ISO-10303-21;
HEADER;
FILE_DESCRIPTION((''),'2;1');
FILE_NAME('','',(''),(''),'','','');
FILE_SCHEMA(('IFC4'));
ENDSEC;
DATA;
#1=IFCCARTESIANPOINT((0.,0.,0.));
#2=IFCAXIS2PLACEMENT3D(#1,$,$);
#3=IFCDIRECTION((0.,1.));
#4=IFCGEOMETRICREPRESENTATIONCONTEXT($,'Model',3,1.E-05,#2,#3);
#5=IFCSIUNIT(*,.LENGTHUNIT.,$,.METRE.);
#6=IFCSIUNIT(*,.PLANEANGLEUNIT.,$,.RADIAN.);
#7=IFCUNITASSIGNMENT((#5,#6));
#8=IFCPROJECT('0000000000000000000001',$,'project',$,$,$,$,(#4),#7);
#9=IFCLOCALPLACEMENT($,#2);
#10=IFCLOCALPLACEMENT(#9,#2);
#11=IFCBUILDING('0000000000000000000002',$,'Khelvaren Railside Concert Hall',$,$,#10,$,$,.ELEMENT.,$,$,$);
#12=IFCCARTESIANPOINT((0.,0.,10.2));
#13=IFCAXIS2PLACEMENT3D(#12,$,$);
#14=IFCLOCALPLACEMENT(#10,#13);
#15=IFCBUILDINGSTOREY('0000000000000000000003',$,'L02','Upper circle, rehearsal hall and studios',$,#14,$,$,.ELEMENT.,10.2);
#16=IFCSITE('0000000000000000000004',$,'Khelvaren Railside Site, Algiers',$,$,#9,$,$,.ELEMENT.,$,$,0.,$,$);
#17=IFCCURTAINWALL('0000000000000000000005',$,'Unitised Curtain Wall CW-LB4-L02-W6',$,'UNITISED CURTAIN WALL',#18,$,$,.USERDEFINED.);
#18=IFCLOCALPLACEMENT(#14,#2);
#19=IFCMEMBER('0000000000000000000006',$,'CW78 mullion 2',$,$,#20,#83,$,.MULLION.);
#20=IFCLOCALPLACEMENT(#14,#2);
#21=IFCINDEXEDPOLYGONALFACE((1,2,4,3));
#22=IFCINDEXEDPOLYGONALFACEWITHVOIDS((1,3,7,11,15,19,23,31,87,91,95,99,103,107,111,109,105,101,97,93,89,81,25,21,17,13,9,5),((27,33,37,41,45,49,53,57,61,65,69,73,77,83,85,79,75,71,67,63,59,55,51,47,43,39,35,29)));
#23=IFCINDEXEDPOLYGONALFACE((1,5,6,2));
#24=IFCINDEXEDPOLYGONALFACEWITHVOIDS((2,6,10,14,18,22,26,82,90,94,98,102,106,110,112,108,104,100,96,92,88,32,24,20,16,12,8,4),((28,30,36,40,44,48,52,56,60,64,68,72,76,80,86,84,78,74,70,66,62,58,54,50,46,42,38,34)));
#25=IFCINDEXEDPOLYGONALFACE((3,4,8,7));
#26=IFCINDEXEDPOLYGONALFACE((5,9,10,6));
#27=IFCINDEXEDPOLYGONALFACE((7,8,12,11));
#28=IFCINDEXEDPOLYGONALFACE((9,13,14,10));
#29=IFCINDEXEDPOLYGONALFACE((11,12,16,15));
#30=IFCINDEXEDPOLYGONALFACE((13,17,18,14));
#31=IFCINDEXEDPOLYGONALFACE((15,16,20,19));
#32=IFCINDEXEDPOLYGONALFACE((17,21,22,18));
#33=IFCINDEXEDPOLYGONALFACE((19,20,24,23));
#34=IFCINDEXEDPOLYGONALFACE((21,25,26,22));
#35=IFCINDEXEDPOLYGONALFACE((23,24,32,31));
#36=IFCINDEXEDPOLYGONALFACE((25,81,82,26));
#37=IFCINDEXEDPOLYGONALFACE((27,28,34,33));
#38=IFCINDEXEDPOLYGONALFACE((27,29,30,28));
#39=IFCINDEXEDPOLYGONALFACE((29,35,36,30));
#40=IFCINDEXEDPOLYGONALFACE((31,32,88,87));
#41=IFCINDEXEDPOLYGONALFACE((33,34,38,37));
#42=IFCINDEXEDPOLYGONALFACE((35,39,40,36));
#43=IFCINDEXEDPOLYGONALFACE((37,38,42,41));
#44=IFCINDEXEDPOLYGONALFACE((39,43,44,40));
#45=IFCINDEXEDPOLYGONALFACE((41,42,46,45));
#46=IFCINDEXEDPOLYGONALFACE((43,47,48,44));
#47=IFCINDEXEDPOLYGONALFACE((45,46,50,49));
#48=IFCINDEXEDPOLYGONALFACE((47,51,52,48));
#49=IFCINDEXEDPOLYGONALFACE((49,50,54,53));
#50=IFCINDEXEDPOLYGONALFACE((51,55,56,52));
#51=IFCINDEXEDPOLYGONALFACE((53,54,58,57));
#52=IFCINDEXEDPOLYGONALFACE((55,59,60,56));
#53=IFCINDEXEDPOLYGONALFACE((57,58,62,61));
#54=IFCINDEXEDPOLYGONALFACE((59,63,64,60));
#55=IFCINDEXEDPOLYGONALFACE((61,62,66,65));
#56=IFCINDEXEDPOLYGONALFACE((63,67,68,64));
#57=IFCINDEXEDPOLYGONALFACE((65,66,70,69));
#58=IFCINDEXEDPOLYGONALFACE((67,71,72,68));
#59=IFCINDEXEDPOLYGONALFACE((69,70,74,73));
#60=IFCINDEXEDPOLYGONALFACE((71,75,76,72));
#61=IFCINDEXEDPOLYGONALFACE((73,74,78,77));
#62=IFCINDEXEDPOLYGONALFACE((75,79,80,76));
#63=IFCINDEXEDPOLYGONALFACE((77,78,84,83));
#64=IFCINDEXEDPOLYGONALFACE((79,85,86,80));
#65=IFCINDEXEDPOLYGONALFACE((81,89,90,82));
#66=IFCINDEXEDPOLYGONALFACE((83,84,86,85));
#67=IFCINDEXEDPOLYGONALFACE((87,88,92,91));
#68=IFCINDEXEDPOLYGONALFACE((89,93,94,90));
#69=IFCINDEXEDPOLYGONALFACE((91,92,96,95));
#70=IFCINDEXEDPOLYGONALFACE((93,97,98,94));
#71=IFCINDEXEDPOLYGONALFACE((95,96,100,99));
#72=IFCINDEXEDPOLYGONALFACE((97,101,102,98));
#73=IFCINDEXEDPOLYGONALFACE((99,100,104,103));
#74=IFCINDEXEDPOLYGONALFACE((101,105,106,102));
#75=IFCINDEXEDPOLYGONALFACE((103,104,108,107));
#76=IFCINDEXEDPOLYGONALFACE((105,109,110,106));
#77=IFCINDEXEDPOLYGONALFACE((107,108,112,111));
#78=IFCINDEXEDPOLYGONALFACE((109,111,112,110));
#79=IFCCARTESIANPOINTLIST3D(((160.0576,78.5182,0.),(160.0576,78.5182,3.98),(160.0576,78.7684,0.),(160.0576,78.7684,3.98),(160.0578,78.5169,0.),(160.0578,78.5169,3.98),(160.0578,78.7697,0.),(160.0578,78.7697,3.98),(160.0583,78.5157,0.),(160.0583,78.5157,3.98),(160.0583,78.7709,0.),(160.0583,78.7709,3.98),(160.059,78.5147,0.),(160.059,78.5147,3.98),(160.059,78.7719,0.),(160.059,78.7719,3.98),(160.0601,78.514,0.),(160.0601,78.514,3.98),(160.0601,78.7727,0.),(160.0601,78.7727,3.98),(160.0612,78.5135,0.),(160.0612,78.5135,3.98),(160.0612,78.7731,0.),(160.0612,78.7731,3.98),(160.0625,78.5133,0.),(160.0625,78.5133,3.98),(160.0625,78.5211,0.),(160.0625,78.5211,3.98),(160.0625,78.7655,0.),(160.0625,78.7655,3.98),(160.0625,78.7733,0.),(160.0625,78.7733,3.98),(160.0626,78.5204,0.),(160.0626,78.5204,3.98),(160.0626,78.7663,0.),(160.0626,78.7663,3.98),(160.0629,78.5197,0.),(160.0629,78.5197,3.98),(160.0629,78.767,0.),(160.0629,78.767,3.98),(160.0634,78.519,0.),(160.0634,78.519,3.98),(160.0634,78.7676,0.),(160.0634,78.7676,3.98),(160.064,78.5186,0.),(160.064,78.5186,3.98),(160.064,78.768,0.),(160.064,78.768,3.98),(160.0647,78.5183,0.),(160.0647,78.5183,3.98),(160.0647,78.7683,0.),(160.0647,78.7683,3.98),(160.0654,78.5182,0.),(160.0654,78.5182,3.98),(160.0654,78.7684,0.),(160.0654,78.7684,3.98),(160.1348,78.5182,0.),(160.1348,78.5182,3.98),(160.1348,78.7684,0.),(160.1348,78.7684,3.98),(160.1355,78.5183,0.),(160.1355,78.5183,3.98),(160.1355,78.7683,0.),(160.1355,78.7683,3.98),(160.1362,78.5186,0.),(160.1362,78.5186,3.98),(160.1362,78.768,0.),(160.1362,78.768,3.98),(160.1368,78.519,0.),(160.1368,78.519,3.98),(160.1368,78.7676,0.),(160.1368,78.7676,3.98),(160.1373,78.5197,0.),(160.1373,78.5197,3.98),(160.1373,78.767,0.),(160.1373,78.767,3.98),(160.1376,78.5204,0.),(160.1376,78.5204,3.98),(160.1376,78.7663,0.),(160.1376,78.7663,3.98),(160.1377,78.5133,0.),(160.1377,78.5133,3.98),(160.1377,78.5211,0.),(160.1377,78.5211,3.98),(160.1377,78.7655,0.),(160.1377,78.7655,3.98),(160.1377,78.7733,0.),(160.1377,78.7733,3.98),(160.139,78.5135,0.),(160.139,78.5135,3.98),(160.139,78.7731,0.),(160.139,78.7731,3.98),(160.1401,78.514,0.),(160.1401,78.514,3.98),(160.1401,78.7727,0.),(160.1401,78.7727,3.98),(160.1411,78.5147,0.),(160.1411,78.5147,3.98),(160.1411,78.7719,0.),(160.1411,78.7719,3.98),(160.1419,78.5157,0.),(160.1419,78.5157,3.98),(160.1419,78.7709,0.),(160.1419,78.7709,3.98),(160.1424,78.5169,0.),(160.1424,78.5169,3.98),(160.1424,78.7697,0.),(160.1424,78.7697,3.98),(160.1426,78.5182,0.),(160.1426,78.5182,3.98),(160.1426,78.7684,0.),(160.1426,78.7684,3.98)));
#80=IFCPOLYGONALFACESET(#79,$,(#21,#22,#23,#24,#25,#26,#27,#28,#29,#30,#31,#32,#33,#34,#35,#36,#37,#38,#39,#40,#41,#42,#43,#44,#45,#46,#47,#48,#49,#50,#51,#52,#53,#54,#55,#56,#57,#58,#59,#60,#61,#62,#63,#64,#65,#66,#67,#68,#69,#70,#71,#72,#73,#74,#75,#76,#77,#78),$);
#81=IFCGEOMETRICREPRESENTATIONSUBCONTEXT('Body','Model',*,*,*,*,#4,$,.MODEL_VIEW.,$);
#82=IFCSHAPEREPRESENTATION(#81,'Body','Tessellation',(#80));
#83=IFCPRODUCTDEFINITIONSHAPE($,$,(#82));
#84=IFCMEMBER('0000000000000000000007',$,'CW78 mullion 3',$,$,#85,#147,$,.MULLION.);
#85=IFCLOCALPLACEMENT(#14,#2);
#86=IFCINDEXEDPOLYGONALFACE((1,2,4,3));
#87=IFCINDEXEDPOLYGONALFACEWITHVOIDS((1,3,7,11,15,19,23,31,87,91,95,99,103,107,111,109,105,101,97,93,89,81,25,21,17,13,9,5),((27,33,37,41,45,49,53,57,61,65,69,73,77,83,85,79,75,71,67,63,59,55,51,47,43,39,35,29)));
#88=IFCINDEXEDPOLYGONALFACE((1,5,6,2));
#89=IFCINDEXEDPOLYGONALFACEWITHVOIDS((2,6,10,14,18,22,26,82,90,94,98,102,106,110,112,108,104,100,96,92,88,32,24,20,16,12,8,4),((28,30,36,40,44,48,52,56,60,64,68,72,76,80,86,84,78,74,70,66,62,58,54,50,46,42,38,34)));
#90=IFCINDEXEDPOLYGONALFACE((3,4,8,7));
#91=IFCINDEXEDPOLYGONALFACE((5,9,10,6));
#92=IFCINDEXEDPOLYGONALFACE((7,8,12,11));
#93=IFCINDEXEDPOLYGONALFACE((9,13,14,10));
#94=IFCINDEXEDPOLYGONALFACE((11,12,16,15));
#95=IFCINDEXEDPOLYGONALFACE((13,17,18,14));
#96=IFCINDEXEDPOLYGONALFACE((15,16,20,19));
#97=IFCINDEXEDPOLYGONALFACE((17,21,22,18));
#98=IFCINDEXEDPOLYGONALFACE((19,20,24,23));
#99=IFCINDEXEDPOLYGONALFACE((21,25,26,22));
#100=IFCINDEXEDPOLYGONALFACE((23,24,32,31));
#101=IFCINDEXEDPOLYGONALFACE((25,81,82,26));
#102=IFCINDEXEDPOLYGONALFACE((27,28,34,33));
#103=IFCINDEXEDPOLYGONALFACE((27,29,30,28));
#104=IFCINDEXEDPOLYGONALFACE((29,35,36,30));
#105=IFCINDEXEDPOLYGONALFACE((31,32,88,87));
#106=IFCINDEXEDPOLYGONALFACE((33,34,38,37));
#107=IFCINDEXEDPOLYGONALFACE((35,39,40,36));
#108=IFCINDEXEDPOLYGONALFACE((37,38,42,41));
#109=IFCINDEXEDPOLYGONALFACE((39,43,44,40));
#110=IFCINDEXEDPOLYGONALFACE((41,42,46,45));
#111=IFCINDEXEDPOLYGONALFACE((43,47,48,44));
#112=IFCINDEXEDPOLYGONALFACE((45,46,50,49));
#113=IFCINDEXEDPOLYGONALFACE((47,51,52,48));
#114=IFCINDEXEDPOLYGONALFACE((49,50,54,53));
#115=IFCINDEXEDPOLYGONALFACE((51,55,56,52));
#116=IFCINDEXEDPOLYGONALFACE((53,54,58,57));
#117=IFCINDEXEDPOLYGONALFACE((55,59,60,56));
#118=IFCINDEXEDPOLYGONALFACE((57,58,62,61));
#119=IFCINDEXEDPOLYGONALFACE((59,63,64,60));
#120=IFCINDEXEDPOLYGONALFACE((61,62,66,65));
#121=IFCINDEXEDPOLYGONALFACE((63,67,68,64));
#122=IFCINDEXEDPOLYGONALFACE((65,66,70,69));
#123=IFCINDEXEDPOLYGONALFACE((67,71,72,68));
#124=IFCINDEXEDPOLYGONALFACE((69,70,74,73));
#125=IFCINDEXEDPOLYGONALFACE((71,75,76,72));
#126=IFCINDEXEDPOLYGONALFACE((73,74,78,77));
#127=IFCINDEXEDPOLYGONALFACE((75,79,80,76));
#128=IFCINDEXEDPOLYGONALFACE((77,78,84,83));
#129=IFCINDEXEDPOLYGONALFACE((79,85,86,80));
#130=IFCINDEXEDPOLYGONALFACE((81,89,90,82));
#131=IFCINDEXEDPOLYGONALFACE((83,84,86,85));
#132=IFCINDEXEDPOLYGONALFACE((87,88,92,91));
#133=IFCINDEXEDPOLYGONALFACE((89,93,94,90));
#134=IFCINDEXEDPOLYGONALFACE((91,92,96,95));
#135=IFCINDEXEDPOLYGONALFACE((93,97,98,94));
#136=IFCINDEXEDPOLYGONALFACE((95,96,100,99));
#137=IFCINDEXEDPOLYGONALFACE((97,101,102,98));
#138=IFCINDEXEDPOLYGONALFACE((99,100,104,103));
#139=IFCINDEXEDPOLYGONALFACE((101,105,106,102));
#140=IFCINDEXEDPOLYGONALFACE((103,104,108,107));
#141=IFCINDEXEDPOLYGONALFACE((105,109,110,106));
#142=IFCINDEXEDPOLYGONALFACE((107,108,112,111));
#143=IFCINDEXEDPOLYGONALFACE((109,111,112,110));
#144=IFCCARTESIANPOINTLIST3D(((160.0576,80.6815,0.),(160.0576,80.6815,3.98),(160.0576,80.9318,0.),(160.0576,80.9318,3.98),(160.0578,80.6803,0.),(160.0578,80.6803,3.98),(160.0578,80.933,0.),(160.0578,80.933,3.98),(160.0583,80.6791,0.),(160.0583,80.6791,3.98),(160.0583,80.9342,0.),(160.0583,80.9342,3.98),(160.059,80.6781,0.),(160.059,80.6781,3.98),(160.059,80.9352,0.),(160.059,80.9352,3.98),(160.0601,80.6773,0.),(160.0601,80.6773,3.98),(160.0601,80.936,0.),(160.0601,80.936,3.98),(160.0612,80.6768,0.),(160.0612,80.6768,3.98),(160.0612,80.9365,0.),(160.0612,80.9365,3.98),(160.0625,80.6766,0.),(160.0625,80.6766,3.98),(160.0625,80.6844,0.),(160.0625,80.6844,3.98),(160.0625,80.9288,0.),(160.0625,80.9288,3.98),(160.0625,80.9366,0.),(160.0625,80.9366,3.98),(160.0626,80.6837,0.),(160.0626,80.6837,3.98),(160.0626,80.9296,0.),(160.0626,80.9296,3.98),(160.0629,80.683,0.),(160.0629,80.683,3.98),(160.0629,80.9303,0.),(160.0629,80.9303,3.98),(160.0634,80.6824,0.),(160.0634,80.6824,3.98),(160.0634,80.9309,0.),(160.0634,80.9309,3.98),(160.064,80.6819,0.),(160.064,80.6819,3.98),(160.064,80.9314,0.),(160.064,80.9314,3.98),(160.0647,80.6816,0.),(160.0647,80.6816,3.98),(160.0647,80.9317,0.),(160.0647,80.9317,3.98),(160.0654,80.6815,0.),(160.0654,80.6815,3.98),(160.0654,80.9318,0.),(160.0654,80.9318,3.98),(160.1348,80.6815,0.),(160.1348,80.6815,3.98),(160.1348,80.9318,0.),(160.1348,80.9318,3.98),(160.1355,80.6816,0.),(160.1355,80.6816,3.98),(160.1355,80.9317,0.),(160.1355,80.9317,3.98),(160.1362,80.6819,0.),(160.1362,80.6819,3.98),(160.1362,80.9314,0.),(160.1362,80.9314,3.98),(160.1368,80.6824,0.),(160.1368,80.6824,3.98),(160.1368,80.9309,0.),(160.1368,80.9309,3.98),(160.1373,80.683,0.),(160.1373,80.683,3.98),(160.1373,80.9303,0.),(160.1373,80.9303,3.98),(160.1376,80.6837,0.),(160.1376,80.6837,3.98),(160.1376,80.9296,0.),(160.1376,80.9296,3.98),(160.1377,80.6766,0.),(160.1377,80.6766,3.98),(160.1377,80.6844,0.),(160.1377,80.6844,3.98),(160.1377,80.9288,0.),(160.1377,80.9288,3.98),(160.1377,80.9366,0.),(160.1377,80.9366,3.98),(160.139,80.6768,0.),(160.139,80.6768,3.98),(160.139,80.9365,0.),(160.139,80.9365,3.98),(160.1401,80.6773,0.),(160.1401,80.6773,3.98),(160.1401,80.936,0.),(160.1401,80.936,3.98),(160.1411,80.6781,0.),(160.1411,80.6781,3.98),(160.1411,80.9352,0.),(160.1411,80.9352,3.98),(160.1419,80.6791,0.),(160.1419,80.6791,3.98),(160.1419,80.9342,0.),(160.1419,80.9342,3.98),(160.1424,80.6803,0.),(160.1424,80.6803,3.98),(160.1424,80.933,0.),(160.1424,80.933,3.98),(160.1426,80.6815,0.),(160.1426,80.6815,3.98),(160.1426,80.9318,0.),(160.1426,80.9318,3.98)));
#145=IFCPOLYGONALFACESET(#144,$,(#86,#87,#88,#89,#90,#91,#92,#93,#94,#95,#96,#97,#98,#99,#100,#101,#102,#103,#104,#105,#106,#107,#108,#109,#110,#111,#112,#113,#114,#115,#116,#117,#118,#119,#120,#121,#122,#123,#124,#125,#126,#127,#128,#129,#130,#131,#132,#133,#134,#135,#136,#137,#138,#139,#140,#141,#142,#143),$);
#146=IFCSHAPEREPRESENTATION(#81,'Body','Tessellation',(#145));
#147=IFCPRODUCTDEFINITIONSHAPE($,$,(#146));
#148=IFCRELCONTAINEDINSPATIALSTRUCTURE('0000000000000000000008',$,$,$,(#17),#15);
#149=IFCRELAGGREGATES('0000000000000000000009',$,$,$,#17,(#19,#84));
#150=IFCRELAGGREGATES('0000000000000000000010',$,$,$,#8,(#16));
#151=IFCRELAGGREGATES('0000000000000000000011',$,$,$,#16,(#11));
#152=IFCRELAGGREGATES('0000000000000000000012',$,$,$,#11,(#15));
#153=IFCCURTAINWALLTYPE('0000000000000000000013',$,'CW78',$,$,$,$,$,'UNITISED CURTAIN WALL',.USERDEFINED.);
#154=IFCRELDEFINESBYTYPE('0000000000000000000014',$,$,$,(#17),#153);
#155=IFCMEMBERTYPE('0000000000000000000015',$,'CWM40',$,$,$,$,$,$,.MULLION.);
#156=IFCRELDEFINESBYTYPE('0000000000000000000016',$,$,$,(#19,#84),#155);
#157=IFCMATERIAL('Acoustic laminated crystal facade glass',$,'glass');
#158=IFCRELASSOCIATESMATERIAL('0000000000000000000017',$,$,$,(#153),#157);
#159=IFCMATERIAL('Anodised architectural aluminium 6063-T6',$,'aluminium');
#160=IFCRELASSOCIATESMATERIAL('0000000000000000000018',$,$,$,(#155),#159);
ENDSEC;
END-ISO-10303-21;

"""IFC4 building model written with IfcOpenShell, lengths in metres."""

from ifc_helpers import new_model, si_unit, direction, frame, origin, origin_2d, place, context, subcontext, project, spatial, hollow_rectangle, extrude, material, material_profile, profile_set, type_object, element, aggregate, save


model = new_model("IFC4")

# Units and contexts
model_context = context("Model", 3, precision=1e-05, world=origin(), true_north=direction((0.0, 1.0)))
body_context = subcontext(model_context, "Body", "Model", "MODEL_VIEW")
ifc_project = project(units=[si_unit("LENGTHUNIT", "METRE"), si_unit("PLANEANGLEUNIT", "RADIAN")], contexts=[model_context])

# Site, building, storey
site_placement = place(None, origin())
site = spatial("IfcSite", under=ifc_project, at=site_placement, Name="Khelvaren Railside Site, Algiers", CompositionType="ELEMENT", RefElevation=0.0)
building_placement = place(site_placement, origin())
building = spatial("IfcBuilding", under=site, at=building_placement, Name="Khelvaren Railside Concert Hall", CompositionType="ELEMENT")
storey_placement = place(building_placement, frame((0.0, 0.0, 10.2)))
storey = spatial("IfcBuildingStorey", under=building, at=storey_placement, Name="L02", Description="Upper circle, rehearsal hall and studios", CompositionType="ELEMENT", Elevation=10.2)

# Curtain wall, members
ifc_material_1 = material(Name="Acoustic laminated crystal facade glass", Category="glass")
curtain_wall_type = type_object("IfcCurtainWallType", Name="CW78", ElementType="UNITISED CURTAIN WALL", PredefinedType="USERDEFINED", material=ifc_material_1)
curtain_wall_1_placement = place(storey_placement, origin())
curtain_wall_1 = element("IfcCurtainWall", 1, at=curtain_wall_1_placement, inside=storey, type_object=curtain_wall_type, Name="Unitised Curtain Wall CW-LB4-L02-W6", ObjectType="UNITISED CURTAIN WALL", PredefinedType="USERDEFINED")
ifc_material_2 = material(Name="Anodised architectural aluminium 6063-T6", Category="aluminium")
ifc_material_profile_1 = material_profile(ifc_material_2, hollow_rectangle(XDim=0.085, YDim=0.26, WallThickness=0.0049, InnerFilletRadius=0.0029, OuterFilletRadius=0.0049, at=origin_2d()), Name="CWM 85x260x5")
ifc_profile_set_1 = profile_set([ifc_material_profile_1], Name="Anodised architectural aluminium 6063-T6")
member_type_1 = type_object("IfcMemberType", Name="CWM40", PredefinedType="MULLION", material=ifc_profile_set_1)
member_1_placement = place(storey_placement, frame((160.1001, 78.6433, 0.0), z_axis=(0.0, 0.0, 1.0), x_axis=(-1.0, 0.0, 0.0)))
member_1 = element("IfcMember", 2, at=member_1_placement, type_object=member_type_1, Name="CW78 mullion 2", PredefinedType="MULLION", context=body_context, shape_type="SweptSolid", body=[
    extrude(hollow_rectangle(XDim=0.085, YDim=0.26, WallThickness=0.0049, InnerFilletRadius=0.0029, OuterFilletRadius=0.0049, at=origin_2d()), origin(), (0.0, 0.0, 1.0), 3.98),
])
member_2_placement = place(storey_placement, frame((160.1001, 80.8066, 0.0), z_axis=(0.0, 0.0, 1.0), x_axis=(-1.0, 0.0, 0.0)))
member_2 = element("IfcMember", 3, at=member_2_placement, type_object=member_type_1, Name="CW78 mullion 3", PredefinedType="MULLION", context=body_context, shape_type="SweptSolid", body=[
    extrude(hollow_rectangle(XDim=0.085, YDim=0.26, WallThickness=0.0049, InnerFilletRadius=0.0029, OuterFilletRadius=0.0049, at=origin_2d()), origin(), (0.0, 0.0, 1.0), 3.98),
])

aggregate(curtain_wall_1, [member_1, member_2])

save(model, "model.ifc")
